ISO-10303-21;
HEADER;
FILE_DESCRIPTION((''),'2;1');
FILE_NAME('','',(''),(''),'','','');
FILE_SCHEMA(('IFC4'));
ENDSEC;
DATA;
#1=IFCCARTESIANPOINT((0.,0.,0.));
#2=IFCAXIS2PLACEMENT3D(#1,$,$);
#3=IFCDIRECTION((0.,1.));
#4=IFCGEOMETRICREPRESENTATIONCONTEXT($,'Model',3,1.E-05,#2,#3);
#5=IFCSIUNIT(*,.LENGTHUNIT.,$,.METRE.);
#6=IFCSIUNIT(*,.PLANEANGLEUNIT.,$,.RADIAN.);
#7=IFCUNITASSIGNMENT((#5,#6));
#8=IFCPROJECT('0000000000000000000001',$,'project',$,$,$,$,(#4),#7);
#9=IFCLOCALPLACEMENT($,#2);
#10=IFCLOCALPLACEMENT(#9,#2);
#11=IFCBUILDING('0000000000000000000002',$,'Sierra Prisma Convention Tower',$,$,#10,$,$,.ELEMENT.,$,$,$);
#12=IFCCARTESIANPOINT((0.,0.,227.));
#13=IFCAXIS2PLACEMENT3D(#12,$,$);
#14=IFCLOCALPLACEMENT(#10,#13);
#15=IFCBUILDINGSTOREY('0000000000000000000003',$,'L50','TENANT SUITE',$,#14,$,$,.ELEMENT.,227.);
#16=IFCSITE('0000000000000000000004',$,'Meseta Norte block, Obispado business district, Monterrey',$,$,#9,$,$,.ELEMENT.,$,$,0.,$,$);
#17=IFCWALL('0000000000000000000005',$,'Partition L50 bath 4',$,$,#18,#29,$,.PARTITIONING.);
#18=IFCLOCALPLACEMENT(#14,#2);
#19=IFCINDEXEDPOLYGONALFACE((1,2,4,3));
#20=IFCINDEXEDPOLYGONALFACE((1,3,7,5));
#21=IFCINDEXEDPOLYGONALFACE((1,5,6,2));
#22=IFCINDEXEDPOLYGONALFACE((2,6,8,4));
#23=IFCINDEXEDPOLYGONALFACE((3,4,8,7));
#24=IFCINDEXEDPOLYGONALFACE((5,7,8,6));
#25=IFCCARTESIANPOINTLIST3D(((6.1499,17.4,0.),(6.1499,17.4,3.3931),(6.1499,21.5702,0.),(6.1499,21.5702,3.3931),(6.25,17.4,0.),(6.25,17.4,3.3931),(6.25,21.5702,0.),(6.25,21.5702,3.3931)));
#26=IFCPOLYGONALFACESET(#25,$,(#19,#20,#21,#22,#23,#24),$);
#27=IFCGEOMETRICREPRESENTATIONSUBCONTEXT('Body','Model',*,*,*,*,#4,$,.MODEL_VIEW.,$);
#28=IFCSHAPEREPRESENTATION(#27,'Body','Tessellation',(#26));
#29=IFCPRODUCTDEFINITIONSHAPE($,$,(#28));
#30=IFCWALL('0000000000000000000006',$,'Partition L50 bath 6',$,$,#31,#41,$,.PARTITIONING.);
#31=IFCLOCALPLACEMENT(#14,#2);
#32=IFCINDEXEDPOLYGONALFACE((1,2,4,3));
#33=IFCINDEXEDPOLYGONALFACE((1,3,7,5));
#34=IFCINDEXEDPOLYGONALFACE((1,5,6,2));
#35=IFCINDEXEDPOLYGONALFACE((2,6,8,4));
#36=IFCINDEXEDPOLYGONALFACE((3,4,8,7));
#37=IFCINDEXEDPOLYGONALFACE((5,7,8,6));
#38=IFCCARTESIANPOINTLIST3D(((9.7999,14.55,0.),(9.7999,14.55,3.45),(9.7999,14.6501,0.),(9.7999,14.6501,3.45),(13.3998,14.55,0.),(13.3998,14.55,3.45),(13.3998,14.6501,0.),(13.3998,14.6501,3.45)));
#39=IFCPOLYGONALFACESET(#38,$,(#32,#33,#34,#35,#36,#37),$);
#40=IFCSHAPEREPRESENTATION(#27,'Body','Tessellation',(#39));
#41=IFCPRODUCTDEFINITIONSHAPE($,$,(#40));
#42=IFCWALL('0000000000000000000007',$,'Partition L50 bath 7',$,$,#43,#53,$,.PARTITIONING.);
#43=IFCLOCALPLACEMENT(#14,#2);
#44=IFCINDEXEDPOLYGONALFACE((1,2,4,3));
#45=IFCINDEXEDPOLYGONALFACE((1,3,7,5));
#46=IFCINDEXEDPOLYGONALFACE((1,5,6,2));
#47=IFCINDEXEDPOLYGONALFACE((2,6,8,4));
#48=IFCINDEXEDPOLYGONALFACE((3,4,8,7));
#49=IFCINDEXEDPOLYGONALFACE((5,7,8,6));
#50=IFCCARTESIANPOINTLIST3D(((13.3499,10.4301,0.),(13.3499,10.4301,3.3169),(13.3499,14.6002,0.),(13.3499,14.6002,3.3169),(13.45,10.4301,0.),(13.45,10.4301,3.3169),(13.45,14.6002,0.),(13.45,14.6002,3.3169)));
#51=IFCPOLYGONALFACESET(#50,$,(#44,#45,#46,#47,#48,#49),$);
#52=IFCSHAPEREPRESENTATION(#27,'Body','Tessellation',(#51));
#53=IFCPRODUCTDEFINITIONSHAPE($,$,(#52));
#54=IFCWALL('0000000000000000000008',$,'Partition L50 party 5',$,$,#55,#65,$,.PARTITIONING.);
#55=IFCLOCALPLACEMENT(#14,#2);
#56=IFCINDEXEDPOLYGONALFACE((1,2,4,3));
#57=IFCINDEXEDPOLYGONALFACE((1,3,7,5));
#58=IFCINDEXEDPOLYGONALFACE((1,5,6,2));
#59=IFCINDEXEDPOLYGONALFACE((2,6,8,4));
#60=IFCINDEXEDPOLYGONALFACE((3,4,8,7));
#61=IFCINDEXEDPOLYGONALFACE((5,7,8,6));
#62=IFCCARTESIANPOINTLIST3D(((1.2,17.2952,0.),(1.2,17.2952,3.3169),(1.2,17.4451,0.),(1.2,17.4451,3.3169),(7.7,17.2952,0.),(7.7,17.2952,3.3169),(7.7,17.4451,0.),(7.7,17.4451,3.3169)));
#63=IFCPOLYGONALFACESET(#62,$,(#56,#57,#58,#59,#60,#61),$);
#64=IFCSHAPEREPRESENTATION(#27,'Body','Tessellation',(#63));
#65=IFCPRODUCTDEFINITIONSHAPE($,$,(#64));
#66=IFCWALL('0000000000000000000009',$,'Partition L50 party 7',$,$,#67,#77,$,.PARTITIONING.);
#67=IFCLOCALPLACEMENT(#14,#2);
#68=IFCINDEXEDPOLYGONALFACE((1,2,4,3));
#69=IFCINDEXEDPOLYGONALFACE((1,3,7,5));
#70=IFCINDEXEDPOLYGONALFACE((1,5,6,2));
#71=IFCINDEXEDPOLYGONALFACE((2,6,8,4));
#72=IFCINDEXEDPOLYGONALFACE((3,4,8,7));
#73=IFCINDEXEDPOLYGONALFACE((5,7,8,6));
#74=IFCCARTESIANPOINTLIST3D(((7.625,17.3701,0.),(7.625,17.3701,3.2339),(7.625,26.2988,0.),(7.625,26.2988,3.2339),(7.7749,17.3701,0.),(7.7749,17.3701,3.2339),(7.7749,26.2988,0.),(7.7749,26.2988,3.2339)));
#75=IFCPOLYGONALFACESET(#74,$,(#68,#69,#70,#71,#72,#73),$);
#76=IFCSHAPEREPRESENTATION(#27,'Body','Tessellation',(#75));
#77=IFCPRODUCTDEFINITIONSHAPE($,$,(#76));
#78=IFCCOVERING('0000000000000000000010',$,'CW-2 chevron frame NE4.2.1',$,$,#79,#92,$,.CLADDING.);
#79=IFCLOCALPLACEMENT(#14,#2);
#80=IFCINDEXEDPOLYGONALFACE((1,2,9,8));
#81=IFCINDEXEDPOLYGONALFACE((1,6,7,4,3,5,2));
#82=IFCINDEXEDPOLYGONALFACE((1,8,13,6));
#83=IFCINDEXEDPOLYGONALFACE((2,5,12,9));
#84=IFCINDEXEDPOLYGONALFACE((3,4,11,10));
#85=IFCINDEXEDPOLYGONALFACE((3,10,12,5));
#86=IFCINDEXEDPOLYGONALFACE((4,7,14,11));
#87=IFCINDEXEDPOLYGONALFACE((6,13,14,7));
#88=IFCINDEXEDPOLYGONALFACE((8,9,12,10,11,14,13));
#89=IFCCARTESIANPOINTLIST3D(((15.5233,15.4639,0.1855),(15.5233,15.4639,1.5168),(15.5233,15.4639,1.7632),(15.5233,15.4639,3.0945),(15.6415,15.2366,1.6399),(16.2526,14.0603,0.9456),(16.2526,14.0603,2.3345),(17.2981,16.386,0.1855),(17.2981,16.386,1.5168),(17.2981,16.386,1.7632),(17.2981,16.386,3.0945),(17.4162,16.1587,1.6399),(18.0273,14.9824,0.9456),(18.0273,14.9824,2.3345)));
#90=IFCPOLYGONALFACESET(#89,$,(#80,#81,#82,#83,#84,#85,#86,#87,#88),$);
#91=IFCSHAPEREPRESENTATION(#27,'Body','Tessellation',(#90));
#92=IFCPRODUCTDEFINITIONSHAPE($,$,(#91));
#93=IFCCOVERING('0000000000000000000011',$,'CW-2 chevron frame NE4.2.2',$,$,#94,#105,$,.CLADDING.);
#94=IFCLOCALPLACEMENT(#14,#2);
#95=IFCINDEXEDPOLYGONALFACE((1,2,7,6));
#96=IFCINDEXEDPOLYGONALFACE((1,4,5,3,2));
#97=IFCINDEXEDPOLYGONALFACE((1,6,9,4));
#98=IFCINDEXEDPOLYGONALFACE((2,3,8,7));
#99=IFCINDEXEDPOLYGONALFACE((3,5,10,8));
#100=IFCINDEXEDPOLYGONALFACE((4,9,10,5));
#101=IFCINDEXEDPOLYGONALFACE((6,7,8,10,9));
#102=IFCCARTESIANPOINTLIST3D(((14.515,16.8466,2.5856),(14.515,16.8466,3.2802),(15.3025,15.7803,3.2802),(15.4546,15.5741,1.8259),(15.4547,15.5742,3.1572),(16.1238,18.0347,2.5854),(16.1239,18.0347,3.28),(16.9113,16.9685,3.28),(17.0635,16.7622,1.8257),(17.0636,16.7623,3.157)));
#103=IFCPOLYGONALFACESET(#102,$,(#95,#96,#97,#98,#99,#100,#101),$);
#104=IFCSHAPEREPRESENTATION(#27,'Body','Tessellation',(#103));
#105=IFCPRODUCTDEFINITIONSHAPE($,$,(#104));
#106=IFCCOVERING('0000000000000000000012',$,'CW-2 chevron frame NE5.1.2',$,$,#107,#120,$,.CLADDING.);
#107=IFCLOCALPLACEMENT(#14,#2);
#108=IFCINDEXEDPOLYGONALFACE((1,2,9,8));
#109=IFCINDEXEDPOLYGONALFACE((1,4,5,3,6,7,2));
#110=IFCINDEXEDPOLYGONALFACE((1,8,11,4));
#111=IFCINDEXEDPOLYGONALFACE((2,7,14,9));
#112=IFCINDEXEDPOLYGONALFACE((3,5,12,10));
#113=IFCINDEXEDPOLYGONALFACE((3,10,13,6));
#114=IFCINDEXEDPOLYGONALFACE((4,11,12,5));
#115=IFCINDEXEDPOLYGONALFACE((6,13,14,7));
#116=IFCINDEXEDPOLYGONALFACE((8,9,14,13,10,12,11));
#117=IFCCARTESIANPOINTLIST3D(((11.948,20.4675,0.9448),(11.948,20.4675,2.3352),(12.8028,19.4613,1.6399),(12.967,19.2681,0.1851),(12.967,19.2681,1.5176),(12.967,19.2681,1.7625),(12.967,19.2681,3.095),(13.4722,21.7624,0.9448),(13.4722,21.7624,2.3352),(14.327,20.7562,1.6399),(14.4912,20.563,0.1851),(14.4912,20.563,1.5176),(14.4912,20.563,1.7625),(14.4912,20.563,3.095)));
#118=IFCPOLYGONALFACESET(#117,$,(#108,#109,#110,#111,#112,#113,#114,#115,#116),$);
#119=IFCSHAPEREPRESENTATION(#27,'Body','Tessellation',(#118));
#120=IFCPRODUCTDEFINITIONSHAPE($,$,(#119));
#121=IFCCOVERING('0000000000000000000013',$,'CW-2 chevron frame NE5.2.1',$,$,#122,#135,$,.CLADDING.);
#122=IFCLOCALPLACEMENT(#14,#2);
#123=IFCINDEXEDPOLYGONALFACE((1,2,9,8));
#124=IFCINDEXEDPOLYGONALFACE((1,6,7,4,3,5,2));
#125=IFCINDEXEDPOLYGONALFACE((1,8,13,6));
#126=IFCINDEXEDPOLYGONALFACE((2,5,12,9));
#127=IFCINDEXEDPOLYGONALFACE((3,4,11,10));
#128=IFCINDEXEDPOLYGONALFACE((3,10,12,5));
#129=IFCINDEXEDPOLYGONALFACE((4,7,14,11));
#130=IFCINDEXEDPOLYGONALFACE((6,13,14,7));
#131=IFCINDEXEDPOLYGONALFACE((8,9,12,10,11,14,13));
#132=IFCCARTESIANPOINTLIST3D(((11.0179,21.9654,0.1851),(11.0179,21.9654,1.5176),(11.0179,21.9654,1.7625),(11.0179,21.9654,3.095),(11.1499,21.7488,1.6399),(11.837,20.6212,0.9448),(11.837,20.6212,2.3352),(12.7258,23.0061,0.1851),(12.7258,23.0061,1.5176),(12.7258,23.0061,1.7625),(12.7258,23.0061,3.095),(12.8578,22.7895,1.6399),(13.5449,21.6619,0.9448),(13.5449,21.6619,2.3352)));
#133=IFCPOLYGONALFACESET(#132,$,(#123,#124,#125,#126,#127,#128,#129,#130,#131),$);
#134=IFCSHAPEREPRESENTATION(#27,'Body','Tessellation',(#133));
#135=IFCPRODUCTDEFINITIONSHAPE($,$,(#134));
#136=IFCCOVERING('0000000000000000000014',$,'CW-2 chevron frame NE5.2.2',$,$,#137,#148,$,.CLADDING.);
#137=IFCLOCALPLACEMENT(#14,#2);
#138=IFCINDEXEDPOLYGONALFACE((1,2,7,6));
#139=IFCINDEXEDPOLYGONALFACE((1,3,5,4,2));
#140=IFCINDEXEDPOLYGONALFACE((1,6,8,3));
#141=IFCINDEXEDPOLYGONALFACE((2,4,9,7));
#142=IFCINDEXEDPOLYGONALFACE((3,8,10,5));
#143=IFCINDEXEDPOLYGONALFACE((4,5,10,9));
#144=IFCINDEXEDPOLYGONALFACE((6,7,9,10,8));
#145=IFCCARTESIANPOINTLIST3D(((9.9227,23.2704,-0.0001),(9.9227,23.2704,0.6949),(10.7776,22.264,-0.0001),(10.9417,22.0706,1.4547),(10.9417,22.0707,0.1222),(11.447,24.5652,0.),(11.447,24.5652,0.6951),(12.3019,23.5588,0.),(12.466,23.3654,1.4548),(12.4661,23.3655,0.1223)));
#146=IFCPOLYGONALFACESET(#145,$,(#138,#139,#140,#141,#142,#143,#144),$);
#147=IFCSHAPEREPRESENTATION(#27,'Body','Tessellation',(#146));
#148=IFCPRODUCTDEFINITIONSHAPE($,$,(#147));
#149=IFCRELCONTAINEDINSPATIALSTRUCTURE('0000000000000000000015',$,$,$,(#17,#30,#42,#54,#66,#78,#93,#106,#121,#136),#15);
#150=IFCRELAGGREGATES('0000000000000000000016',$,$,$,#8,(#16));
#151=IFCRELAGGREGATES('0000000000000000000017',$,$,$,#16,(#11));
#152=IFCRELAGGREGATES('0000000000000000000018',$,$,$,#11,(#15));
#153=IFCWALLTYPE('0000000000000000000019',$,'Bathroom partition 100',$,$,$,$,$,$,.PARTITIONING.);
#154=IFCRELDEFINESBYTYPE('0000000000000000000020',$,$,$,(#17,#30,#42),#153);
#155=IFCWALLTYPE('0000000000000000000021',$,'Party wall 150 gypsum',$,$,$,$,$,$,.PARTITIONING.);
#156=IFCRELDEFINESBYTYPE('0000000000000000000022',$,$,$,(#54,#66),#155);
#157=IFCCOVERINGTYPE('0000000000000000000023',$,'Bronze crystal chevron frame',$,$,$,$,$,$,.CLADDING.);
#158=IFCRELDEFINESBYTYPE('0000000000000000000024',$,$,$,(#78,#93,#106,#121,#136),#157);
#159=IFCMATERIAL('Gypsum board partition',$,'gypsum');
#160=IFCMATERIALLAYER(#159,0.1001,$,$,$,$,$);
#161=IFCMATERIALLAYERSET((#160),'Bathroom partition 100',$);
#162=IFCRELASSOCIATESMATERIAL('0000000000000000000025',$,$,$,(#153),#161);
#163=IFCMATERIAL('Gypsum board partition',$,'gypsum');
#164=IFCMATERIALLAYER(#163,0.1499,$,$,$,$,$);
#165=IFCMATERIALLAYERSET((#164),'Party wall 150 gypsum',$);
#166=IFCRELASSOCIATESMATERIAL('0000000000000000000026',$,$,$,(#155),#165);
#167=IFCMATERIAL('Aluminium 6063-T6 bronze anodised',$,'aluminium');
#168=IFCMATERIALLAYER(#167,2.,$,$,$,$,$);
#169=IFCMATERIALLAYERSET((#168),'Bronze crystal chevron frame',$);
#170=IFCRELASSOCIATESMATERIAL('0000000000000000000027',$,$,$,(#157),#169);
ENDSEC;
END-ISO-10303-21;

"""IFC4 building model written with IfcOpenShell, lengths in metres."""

from ifc_helpers import new_model, si_unit, direction, frame, frame_2d, origin, place, context, subcontext, project, spatial, polyline, rectangle, outline, extrude, material, layer, layer_set, type_object, element, save


model = new_model("IFC4")

# Units and contexts
model_context = context("Model", 3, precision=1e-05, world=origin(), true_north=direction((0.0, 1.0)))
body_context = subcontext(model_context, "Body", "Model", "MODEL_VIEW")
ifc_project = project(units=[si_unit("LENGTHUNIT", "METRE"), si_unit("PLANEANGLEUNIT", "RADIAN")], contexts=[model_context])

# Site, building, storey
site_placement = place(None, origin())
site = spatial("IfcSite", under=ifc_project, at=site_placement, Name="Meseta Norte block, Obispado business district, Monterrey", CompositionType="ELEMENT", RefElevation=0.0)
building_placement = place(site_placement, origin())
building = spatial("IfcBuilding", under=site, at=building_placement, Name="Sierra Prisma Convention Tower", CompositionType="ELEMENT")
storey_placement = place(building_placement, frame((0.0, 0.0, 227.0)))
storey = spatial("IfcBuildingStorey", under=building, at=storey_placement, Name="L50", Description="TENANT SUITE", CompositionType="ELEMENT", Elevation=227.0)

# Walls
ifc_material_1 = material(Name="Gypsum board partition", Category="gypsum")
ifc_layer_1 = layer(ifc_material_1, 0.1001)
ifc_layer_set_1 = layer_set([ifc_layer_1], Name="Bathroom partition 100")
wall_type_1 = type_object("IfcWallType", Name="Bathroom partition 100", PredefinedType="PARTITIONING", material=ifc_layer_set_1)
wall_1_placement = place(storey_placement, frame((6.2, 21.5701, 0.0), z_axis=(0.0, 0.0, 1.0), x_axis=(0.0, -1.0, 0.0)))
element("IfcWall", 1, at=wall_1_placement, inside=storey, type_object=wall_type_1, Name="Partition L50 bath 4", PredefinedType="PARTITIONING", context=body_context, shape_type="SweptSolid", body=[
    extrude(rectangle(XDim=4.1702, YDim=0.1001, at=frame_2d((2.085, 0.0))), origin(), (0.0, 0.0, 1.0), 3.3931),
])
wall_2_placement = place(storey_placement, frame((9.8, 14.6001, 0.0), z_axis=(0.0, 0.0, 1.0), x_axis=(1.0, 0.0, 0.0)))
element("IfcWall", 2, at=wall_2_placement, inside=storey, type_object=wall_type_1, Name="Partition L50 bath 6", PredefinedType="PARTITIONING", context=body_context, shape_type="SweptSolid", body=[
    extrude(rectangle(XDim=3.5999, YDim=0.1001, at=frame_2d((1.7998, 0.0))), origin(), (0.0, 0.0, 1.0), 3.45),
])
wall_3_placement = place(storey_placement, frame((13.3999, 14.6001, 0.0), z_axis=(0.0, 0.0, 1.0), x_axis=(0.0, -1.0, 0.0)))
element("IfcWall", 3, at=wall_3_placement, inside=storey, type_object=wall_type_1, Name="Partition L50 bath 7", PredefinedType="PARTITIONING", context=body_context, shape_type="SweptSolid", body=[
    extrude(rectangle(XDim=4.1702, YDim=0.1001, at=frame_2d((2.085, 0.0))), origin(), (0.0, 0.0, 1.0), 3.3169),
])
ifc_material_2 = material(Name="Gypsum board partition", Category="gypsum")
ifc_layer_2 = layer(ifc_material_2, 0.1499)
ifc_layer_set_2 = layer_set([ifc_layer_2], Name="Party wall 150 gypsum")
wall_type_2 = type_object("IfcWallType", Name="Party wall 150 gypsum", PredefinedType="PARTITIONING", material=ifc_layer_set_2)
wall_4_placement = place(storey_placement, frame((1.2, 17.3701, 0.0), z_axis=(0.0, 0.0, 1.0), x_axis=(1.0, 0.0, 0.0)))
element("IfcWall", 4, at=wall_4_placement, inside=storey, type_object=wall_type_2, Name="Partition L50 party 5", PredefinedType="PARTITIONING", context=body_context, shape_type="SweptSolid", body=[
    extrude(rectangle(XDim=6.5, YDim=0.1499, at=frame_2d((3.25, 0.0))), origin(), (0.0, 0.0, 1.0), 3.3169),
])
wall_5_placement = place(storey_placement, frame((7.7, 17.3701, 0.0), z_axis=(0.0, 0.0, 1.0), x_axis=(0.0, 1.0, 0.0)))
element("IfcWall", 5, at=wall_5_placement, inside=storey, type_object=wall_type_2, Name="Partition L50 party 7", PredefinedType="PARTITIONING", context=body_context, shape_type="SweptSolid", body=[
    extrude(rectangle(XDim=8.9287, YDim=0.1499, at=frame_2d((4.4644, 0.0))), origin(), (0.0, 0.0, 1.0), 3.2339),
])

# Coverings
ifc_material_3 = material(Name="Aluminium 6063-T6 bronze anodised", Category="aluminium")
ifc_layer_3 = layer(ifc_material_3, 2.0)
ifc_layer_set_3 = layer_set([ifc_layer_3], Name="Bronze crystal chevron frame")
covering_type = type_object("IfcCoveringType", Name="Bronze crystal chevron frame", PredefinedType="CLADDING", material=ifc_layer_set_3)
covering_1_placement = place(storey_placement, frame((18.0273, 14.9824, 0.9456), z_axis=(0.887374, 0.461049, 0.0), x_axis=(-0.415566, 0.799833, -0.433097)))
element("IfcCovering", 6, at=covering_1_placement, inside=storey, type_object=covering_type, Name="CW-2 chevron frame NE4.2.1", PredefinedType="CLADDING", context=body_context, shape_type="SweptSolid", body=[
    extrude(outline(polyline([(0.0, 0.0), (1.7548, 0.0), (1.1782, 1.2), (0.894, 1.1999), (1.0716, 1.422), (0.495, 2.622), (-0.6015, 1.2519), (0.0, 0.0)])), origin(), (0.0, 0.0, -1.0), 2.0),
])
covering_2_placement = place(storey_placement, frame((17.0635, 16.7622, 1.8257), z_axis=(0.804419, 0.594063, -0.000094), x_axis=(-0.535464, 0.725139, 0.432957)))
element("IfcCovering", 7, at=covering_2_placement, inside=storey, type_object=covering_type, Name="CW-2 chevron frame NE4.2.2", PredefinedType="CLADDING", context=body_context, shape_type="SweptSolid", body=[
    extrude(outline(polyline([(0.0, 0.0), (1.7548, 0.0), (2.0556, 0.6261), (0.8607, 1.2), (0.5764, 1.2001), (0.0, 0.0)])), origin(), (0.0, 0.0, -1.0), 2.0),
])
covering_3_placement = place(storey_placement, frame((14.4912, 20.563, 1.5176), z_axis=(0.762092, 0.647468, 0.0), x_axis=(0.0, 0.0, -1.0)))
element("IfcCovering", 8, at=covering_3_placement, inside=storey, type_object=covering_type, Name="CW-2 chevron frame NE5.1.2", PredefinedType="CLADDING", context=body_context, shape_type="SweptSolid", body=[
    extrude(outline(polyline([(0.0, 0.0), (1.3325, 0.0), (0.5728, 1.5739), (-0.8176, 1.5739), (-1.5774, 0.0), (-0.2449, 0.0), (-0.1223, 0.2536), (0.0, 0.0)])), origin(), (0.0, 0.0, -1.0), 2.0),
])
covering_4_placement = place(storey_placement, frame((13.5449, 21.6619, 0.9448), z_axis=(0.853958, 0.520342, 0.0), x_axis=(-0.468613, 0.769064, -0.434675)))
element("IfcCovering", 9, at=covering_4_placement, inside=storey, type_object=covering_type, Name="CW-2 chevron frame NE5.2.1", PredefinedType="CLADDING", context=body_context, shape_type="SweptSolid", body=[
    extrude(outline(polyline([(0.0, 0.0), (1.7479, 0.0), (1.1687, 1.2001), (0.8871, 1.1999), (1.0622, 1.4206), (0.483, 2.6206), (-0.6044, 1.2522), (0.0, 0.0)])), origin(), (0.0, 0.0, -1.0), 2.0),
])
covering_5_placement = place(storey_placement, frame((12.4661, 23.3655, 0.1223), z_axis=(0.762158, 0.647391, 0.000064), x_axis=(-0.583082, 0.686492, -0.434447)))
element("IfcCovering", 10, at=covering_5_placement, inside=storey, type_object=covering_type, Name="CW-2 chevron frame NE5.2.2", PredefinedType="CLADDING", context=body_context, shape_type="SweptSolid", body=[
    extrude(outline(polyline([(0.0, 0.0), (0.2815, 0.0), (1.4709, 0.5737), (1.1689, 1.1997), (-0.5789, 1.2002), (0.0, 0.0)])), origin(), (0.0, 0.0, -1.0), 2.0),
])

save(model, "model.ifc")
